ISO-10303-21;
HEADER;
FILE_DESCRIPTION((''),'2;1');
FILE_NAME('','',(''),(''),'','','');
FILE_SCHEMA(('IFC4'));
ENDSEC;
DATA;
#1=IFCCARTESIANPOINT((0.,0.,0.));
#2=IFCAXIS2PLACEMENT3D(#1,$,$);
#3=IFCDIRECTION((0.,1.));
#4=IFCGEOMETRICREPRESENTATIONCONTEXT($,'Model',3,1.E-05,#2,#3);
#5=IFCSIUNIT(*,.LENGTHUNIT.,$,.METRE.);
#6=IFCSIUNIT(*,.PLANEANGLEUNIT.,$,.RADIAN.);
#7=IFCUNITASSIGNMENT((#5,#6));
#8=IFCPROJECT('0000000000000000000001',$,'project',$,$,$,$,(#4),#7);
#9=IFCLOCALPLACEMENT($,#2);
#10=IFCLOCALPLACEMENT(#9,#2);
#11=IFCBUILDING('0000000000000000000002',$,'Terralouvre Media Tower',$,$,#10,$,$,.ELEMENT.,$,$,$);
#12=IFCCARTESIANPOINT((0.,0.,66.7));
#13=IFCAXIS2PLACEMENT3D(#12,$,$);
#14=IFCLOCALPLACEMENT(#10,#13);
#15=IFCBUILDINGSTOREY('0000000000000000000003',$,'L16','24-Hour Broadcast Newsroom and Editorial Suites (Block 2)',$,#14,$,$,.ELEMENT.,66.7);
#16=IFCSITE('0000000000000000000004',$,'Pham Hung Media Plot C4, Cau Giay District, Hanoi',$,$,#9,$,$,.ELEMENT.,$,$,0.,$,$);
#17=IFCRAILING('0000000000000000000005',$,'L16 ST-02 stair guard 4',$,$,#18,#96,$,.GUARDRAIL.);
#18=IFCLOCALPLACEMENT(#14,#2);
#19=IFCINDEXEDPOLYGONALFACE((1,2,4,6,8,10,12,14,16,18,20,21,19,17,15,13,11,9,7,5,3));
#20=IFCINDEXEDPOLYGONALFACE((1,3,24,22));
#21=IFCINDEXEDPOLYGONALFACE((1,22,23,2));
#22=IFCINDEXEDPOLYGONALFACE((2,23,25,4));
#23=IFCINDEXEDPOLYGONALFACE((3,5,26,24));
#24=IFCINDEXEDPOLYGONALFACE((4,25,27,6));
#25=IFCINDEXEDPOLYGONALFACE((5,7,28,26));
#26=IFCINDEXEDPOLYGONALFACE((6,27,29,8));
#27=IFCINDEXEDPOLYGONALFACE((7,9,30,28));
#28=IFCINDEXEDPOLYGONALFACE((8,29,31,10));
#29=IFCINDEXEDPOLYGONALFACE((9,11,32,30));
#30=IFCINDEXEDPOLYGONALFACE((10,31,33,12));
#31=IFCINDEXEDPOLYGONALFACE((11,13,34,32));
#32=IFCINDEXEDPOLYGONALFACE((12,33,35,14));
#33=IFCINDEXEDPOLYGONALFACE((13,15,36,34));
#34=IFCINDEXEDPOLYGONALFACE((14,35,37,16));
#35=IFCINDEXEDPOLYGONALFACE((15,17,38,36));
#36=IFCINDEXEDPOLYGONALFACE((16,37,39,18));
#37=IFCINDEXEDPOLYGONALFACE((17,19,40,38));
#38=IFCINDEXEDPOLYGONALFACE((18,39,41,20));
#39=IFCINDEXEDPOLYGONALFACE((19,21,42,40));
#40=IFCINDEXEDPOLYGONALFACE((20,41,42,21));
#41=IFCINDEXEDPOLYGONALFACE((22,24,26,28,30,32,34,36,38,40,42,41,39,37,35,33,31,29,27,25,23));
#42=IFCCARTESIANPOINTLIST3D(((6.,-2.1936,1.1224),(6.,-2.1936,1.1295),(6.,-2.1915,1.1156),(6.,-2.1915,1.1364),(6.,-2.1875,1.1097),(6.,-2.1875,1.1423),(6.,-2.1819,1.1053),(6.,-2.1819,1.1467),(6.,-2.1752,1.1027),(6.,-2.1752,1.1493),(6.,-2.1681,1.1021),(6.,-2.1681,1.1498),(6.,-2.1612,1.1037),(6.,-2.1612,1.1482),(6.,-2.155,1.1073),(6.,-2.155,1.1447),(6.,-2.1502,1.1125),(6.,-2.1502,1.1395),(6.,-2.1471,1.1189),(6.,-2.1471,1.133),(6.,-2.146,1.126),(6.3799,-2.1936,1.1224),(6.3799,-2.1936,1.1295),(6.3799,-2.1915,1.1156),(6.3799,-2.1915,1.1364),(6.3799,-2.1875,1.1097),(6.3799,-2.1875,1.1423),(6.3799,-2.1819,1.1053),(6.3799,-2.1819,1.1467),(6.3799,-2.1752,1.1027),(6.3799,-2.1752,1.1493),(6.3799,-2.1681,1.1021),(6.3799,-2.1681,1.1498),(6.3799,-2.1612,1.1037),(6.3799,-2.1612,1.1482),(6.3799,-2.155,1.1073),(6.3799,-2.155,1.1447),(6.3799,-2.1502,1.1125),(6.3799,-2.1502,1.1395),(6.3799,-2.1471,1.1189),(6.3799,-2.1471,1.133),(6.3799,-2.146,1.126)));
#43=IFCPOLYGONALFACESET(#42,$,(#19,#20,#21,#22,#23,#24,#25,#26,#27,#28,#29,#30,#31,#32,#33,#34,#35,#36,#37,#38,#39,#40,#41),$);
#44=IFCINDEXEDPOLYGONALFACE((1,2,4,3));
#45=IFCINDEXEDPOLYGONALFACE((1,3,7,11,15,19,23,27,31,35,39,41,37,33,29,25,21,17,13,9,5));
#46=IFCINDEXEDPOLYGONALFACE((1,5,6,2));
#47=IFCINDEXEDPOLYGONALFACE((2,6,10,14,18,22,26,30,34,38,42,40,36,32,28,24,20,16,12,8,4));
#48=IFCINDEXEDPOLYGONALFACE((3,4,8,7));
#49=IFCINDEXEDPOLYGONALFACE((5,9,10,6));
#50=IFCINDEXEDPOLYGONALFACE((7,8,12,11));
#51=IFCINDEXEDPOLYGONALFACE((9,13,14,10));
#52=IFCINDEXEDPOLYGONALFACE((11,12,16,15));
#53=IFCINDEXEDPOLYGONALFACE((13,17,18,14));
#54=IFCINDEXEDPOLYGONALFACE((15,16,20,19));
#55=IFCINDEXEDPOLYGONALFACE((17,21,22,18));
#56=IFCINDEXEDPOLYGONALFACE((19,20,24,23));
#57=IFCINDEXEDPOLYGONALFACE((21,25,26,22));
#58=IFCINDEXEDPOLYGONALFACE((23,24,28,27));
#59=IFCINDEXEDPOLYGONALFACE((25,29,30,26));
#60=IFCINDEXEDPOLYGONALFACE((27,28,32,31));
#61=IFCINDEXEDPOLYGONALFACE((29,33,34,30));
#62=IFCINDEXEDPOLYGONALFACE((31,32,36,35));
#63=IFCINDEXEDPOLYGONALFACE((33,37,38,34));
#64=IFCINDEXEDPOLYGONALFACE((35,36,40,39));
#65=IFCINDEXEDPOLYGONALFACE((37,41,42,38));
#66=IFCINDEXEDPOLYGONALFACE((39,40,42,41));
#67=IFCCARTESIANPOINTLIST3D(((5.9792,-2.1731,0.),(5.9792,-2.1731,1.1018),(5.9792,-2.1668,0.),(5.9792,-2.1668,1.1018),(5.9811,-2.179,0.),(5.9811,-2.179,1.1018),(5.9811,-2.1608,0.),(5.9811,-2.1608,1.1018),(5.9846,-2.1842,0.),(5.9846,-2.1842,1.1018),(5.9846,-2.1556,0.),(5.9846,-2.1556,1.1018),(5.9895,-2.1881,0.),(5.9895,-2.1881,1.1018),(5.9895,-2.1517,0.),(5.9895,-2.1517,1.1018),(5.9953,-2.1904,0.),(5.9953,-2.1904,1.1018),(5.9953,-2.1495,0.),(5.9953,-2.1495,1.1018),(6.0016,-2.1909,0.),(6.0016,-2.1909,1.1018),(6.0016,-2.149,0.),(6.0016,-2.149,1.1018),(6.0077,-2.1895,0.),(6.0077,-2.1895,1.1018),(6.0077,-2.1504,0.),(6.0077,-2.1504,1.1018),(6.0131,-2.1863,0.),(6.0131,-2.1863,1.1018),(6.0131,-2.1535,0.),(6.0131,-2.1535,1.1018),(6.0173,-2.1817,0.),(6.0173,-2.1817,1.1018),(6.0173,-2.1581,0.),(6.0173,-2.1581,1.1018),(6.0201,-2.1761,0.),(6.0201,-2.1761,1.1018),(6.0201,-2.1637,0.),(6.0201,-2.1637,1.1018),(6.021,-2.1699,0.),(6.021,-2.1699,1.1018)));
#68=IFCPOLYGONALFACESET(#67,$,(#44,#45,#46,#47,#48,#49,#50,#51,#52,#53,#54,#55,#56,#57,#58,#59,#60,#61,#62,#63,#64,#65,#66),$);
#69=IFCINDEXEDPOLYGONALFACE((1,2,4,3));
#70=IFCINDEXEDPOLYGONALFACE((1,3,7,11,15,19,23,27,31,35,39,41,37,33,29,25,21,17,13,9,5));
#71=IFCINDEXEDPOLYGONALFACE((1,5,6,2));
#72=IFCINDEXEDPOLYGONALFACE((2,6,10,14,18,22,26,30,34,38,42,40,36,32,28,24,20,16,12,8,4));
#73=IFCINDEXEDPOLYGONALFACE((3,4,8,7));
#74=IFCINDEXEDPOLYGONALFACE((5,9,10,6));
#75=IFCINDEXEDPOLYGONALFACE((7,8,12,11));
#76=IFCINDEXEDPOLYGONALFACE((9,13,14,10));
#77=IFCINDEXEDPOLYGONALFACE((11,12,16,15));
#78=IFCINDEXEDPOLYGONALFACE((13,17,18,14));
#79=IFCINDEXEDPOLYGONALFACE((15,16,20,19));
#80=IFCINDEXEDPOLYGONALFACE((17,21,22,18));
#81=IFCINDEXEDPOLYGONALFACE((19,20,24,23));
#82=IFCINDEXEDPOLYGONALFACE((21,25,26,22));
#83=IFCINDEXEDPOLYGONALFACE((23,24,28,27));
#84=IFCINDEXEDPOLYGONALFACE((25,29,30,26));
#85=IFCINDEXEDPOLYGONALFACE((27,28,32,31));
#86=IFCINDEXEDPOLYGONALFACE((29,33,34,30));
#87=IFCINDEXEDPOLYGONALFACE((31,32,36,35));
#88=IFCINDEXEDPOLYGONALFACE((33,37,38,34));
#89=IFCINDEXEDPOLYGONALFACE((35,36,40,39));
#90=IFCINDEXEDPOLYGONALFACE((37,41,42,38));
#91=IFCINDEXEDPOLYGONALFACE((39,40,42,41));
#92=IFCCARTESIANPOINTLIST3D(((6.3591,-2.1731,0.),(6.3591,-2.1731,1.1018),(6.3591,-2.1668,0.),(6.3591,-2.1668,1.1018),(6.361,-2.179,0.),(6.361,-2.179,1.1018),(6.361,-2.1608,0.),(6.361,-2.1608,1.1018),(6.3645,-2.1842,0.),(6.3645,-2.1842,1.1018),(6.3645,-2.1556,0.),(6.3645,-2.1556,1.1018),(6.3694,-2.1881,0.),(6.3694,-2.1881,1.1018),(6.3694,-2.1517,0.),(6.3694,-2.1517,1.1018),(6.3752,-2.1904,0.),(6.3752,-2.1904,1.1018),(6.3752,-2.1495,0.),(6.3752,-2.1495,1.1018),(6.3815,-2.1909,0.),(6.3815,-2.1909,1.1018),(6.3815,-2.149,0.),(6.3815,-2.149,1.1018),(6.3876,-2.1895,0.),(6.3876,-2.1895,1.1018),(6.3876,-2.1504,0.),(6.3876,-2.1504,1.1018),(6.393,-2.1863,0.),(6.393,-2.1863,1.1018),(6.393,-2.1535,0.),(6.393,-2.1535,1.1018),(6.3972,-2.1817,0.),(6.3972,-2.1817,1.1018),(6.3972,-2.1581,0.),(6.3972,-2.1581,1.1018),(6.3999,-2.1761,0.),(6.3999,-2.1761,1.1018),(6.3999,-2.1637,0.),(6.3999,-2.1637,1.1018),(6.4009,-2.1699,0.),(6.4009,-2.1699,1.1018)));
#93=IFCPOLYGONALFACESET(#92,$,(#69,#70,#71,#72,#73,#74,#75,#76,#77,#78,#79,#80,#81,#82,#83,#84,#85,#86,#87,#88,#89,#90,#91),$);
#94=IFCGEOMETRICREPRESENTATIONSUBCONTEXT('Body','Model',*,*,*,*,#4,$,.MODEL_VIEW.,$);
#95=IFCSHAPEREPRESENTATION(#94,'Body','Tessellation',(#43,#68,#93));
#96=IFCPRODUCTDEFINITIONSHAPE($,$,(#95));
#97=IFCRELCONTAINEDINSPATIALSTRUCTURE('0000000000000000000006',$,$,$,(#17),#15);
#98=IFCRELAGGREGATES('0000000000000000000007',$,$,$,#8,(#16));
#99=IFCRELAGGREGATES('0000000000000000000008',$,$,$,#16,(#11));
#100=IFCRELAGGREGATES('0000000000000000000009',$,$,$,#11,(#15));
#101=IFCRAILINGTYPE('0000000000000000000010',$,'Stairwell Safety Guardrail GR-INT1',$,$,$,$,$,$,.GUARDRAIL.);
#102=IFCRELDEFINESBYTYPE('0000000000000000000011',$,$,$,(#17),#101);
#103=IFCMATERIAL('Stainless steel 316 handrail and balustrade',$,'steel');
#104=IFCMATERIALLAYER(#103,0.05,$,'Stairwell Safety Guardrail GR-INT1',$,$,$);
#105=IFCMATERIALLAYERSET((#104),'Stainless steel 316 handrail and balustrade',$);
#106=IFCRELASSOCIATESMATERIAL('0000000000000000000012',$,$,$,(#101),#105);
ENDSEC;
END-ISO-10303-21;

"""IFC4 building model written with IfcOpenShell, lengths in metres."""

from ifc_helpers import new_model, si_unit, direction, frame, origin, origin_2d, place, context, subcontext, project, spatial, circle, extrude, material, layer, layer_set, type_object, element, save


model = new_model("IFC4")

# Units and contexts
model_context = context("Model", 3, precision=1e-05, world=origin(), true_north=direction((0.0, 1.0)))
body_context = subcontext(model_context, "Body", "Model", "MODEL_VIEW")
ifc_project = project(units=[si_unit("LENGTHUNIT", "METRE"), si_unit("PLANEANGLEUNIT", "RADIAN")], contexts=[model_context])

# Site, building, storey
site_placement = place(None, origin())
site = spatial("IfcSite", under=ifc_project, at=site_placement, Name="Pham Hung Media Plot C4, Cau Giay District, Hanoi", CompositionType="ELEMENT", RefElevation=0.0)
building_placement = place(site_placement, origin())
building = spatial("IfcBuilding", under=site, at=building_placement, Name="Terralouvre Media Tower", CompositionType="ELEMENT")
storey_placement = place(building_placement, frame((0.0, 0.0, 66.7)))
storey = spatial("IfcBuildingStorey", under=building, at=storey_placement, Name="L16", Description="24-Hour Broadcast Newsroom and Editorial Suites (Block 2)", CompositionType="ELEMENT", Elevation=66.7)

# Railing
ifc_material_1 = material(Name="Stainless steel 316 handrail and balustrade", Category="steel")
ifc_layer_1 = layer(ifc_material_1, 0.05, Name="Stairwell Safety Guardrail GR-INT1")
ifc_layer_set_1 = layer_set([ifc_layer_1], Name="Stainless steel 316 handrail and balustrade")
railing_type_1 = type_object("IfcRailingType", Name="Stairwell Safety Guardrail GR-INT1", PredefinedType="GUARDRAIL", material=ifc_layer_set_1)
railing_1_placement = place(storey_placement, frame((6.0, -2.1699, 0.0)))
element("IfcRailing", 1, at=railing_1_placement, inside=storey, type_object=railing_type_1, Name="L16 ST-02 stair guard 4", PredefinedType="GUARDRAIL", context=body_context, shape_type="SweptSolid", body=[
    extrude(circle(Radius=0.0239, at=origin_2d()), frame((0.0, 0.0, 1.126), z_axis=(1.0, 0.0, 0.0), x_axis=(0.0, 1.0, 0.0)), (0.0, 0.0, 1.0), 0.3799),
    extrude(circle(Radius=0.021, at=origin_2d()), origin(), (0.0, 0.0, 1.0), 1.1018),
    extrude(circle(Radius=0.021, at=origin_2d()), frame((0.3799, 0.0, 0.0)), (0.0, 0.0, 1.0), 1.1018),
])

save(model, "model.ifc")
